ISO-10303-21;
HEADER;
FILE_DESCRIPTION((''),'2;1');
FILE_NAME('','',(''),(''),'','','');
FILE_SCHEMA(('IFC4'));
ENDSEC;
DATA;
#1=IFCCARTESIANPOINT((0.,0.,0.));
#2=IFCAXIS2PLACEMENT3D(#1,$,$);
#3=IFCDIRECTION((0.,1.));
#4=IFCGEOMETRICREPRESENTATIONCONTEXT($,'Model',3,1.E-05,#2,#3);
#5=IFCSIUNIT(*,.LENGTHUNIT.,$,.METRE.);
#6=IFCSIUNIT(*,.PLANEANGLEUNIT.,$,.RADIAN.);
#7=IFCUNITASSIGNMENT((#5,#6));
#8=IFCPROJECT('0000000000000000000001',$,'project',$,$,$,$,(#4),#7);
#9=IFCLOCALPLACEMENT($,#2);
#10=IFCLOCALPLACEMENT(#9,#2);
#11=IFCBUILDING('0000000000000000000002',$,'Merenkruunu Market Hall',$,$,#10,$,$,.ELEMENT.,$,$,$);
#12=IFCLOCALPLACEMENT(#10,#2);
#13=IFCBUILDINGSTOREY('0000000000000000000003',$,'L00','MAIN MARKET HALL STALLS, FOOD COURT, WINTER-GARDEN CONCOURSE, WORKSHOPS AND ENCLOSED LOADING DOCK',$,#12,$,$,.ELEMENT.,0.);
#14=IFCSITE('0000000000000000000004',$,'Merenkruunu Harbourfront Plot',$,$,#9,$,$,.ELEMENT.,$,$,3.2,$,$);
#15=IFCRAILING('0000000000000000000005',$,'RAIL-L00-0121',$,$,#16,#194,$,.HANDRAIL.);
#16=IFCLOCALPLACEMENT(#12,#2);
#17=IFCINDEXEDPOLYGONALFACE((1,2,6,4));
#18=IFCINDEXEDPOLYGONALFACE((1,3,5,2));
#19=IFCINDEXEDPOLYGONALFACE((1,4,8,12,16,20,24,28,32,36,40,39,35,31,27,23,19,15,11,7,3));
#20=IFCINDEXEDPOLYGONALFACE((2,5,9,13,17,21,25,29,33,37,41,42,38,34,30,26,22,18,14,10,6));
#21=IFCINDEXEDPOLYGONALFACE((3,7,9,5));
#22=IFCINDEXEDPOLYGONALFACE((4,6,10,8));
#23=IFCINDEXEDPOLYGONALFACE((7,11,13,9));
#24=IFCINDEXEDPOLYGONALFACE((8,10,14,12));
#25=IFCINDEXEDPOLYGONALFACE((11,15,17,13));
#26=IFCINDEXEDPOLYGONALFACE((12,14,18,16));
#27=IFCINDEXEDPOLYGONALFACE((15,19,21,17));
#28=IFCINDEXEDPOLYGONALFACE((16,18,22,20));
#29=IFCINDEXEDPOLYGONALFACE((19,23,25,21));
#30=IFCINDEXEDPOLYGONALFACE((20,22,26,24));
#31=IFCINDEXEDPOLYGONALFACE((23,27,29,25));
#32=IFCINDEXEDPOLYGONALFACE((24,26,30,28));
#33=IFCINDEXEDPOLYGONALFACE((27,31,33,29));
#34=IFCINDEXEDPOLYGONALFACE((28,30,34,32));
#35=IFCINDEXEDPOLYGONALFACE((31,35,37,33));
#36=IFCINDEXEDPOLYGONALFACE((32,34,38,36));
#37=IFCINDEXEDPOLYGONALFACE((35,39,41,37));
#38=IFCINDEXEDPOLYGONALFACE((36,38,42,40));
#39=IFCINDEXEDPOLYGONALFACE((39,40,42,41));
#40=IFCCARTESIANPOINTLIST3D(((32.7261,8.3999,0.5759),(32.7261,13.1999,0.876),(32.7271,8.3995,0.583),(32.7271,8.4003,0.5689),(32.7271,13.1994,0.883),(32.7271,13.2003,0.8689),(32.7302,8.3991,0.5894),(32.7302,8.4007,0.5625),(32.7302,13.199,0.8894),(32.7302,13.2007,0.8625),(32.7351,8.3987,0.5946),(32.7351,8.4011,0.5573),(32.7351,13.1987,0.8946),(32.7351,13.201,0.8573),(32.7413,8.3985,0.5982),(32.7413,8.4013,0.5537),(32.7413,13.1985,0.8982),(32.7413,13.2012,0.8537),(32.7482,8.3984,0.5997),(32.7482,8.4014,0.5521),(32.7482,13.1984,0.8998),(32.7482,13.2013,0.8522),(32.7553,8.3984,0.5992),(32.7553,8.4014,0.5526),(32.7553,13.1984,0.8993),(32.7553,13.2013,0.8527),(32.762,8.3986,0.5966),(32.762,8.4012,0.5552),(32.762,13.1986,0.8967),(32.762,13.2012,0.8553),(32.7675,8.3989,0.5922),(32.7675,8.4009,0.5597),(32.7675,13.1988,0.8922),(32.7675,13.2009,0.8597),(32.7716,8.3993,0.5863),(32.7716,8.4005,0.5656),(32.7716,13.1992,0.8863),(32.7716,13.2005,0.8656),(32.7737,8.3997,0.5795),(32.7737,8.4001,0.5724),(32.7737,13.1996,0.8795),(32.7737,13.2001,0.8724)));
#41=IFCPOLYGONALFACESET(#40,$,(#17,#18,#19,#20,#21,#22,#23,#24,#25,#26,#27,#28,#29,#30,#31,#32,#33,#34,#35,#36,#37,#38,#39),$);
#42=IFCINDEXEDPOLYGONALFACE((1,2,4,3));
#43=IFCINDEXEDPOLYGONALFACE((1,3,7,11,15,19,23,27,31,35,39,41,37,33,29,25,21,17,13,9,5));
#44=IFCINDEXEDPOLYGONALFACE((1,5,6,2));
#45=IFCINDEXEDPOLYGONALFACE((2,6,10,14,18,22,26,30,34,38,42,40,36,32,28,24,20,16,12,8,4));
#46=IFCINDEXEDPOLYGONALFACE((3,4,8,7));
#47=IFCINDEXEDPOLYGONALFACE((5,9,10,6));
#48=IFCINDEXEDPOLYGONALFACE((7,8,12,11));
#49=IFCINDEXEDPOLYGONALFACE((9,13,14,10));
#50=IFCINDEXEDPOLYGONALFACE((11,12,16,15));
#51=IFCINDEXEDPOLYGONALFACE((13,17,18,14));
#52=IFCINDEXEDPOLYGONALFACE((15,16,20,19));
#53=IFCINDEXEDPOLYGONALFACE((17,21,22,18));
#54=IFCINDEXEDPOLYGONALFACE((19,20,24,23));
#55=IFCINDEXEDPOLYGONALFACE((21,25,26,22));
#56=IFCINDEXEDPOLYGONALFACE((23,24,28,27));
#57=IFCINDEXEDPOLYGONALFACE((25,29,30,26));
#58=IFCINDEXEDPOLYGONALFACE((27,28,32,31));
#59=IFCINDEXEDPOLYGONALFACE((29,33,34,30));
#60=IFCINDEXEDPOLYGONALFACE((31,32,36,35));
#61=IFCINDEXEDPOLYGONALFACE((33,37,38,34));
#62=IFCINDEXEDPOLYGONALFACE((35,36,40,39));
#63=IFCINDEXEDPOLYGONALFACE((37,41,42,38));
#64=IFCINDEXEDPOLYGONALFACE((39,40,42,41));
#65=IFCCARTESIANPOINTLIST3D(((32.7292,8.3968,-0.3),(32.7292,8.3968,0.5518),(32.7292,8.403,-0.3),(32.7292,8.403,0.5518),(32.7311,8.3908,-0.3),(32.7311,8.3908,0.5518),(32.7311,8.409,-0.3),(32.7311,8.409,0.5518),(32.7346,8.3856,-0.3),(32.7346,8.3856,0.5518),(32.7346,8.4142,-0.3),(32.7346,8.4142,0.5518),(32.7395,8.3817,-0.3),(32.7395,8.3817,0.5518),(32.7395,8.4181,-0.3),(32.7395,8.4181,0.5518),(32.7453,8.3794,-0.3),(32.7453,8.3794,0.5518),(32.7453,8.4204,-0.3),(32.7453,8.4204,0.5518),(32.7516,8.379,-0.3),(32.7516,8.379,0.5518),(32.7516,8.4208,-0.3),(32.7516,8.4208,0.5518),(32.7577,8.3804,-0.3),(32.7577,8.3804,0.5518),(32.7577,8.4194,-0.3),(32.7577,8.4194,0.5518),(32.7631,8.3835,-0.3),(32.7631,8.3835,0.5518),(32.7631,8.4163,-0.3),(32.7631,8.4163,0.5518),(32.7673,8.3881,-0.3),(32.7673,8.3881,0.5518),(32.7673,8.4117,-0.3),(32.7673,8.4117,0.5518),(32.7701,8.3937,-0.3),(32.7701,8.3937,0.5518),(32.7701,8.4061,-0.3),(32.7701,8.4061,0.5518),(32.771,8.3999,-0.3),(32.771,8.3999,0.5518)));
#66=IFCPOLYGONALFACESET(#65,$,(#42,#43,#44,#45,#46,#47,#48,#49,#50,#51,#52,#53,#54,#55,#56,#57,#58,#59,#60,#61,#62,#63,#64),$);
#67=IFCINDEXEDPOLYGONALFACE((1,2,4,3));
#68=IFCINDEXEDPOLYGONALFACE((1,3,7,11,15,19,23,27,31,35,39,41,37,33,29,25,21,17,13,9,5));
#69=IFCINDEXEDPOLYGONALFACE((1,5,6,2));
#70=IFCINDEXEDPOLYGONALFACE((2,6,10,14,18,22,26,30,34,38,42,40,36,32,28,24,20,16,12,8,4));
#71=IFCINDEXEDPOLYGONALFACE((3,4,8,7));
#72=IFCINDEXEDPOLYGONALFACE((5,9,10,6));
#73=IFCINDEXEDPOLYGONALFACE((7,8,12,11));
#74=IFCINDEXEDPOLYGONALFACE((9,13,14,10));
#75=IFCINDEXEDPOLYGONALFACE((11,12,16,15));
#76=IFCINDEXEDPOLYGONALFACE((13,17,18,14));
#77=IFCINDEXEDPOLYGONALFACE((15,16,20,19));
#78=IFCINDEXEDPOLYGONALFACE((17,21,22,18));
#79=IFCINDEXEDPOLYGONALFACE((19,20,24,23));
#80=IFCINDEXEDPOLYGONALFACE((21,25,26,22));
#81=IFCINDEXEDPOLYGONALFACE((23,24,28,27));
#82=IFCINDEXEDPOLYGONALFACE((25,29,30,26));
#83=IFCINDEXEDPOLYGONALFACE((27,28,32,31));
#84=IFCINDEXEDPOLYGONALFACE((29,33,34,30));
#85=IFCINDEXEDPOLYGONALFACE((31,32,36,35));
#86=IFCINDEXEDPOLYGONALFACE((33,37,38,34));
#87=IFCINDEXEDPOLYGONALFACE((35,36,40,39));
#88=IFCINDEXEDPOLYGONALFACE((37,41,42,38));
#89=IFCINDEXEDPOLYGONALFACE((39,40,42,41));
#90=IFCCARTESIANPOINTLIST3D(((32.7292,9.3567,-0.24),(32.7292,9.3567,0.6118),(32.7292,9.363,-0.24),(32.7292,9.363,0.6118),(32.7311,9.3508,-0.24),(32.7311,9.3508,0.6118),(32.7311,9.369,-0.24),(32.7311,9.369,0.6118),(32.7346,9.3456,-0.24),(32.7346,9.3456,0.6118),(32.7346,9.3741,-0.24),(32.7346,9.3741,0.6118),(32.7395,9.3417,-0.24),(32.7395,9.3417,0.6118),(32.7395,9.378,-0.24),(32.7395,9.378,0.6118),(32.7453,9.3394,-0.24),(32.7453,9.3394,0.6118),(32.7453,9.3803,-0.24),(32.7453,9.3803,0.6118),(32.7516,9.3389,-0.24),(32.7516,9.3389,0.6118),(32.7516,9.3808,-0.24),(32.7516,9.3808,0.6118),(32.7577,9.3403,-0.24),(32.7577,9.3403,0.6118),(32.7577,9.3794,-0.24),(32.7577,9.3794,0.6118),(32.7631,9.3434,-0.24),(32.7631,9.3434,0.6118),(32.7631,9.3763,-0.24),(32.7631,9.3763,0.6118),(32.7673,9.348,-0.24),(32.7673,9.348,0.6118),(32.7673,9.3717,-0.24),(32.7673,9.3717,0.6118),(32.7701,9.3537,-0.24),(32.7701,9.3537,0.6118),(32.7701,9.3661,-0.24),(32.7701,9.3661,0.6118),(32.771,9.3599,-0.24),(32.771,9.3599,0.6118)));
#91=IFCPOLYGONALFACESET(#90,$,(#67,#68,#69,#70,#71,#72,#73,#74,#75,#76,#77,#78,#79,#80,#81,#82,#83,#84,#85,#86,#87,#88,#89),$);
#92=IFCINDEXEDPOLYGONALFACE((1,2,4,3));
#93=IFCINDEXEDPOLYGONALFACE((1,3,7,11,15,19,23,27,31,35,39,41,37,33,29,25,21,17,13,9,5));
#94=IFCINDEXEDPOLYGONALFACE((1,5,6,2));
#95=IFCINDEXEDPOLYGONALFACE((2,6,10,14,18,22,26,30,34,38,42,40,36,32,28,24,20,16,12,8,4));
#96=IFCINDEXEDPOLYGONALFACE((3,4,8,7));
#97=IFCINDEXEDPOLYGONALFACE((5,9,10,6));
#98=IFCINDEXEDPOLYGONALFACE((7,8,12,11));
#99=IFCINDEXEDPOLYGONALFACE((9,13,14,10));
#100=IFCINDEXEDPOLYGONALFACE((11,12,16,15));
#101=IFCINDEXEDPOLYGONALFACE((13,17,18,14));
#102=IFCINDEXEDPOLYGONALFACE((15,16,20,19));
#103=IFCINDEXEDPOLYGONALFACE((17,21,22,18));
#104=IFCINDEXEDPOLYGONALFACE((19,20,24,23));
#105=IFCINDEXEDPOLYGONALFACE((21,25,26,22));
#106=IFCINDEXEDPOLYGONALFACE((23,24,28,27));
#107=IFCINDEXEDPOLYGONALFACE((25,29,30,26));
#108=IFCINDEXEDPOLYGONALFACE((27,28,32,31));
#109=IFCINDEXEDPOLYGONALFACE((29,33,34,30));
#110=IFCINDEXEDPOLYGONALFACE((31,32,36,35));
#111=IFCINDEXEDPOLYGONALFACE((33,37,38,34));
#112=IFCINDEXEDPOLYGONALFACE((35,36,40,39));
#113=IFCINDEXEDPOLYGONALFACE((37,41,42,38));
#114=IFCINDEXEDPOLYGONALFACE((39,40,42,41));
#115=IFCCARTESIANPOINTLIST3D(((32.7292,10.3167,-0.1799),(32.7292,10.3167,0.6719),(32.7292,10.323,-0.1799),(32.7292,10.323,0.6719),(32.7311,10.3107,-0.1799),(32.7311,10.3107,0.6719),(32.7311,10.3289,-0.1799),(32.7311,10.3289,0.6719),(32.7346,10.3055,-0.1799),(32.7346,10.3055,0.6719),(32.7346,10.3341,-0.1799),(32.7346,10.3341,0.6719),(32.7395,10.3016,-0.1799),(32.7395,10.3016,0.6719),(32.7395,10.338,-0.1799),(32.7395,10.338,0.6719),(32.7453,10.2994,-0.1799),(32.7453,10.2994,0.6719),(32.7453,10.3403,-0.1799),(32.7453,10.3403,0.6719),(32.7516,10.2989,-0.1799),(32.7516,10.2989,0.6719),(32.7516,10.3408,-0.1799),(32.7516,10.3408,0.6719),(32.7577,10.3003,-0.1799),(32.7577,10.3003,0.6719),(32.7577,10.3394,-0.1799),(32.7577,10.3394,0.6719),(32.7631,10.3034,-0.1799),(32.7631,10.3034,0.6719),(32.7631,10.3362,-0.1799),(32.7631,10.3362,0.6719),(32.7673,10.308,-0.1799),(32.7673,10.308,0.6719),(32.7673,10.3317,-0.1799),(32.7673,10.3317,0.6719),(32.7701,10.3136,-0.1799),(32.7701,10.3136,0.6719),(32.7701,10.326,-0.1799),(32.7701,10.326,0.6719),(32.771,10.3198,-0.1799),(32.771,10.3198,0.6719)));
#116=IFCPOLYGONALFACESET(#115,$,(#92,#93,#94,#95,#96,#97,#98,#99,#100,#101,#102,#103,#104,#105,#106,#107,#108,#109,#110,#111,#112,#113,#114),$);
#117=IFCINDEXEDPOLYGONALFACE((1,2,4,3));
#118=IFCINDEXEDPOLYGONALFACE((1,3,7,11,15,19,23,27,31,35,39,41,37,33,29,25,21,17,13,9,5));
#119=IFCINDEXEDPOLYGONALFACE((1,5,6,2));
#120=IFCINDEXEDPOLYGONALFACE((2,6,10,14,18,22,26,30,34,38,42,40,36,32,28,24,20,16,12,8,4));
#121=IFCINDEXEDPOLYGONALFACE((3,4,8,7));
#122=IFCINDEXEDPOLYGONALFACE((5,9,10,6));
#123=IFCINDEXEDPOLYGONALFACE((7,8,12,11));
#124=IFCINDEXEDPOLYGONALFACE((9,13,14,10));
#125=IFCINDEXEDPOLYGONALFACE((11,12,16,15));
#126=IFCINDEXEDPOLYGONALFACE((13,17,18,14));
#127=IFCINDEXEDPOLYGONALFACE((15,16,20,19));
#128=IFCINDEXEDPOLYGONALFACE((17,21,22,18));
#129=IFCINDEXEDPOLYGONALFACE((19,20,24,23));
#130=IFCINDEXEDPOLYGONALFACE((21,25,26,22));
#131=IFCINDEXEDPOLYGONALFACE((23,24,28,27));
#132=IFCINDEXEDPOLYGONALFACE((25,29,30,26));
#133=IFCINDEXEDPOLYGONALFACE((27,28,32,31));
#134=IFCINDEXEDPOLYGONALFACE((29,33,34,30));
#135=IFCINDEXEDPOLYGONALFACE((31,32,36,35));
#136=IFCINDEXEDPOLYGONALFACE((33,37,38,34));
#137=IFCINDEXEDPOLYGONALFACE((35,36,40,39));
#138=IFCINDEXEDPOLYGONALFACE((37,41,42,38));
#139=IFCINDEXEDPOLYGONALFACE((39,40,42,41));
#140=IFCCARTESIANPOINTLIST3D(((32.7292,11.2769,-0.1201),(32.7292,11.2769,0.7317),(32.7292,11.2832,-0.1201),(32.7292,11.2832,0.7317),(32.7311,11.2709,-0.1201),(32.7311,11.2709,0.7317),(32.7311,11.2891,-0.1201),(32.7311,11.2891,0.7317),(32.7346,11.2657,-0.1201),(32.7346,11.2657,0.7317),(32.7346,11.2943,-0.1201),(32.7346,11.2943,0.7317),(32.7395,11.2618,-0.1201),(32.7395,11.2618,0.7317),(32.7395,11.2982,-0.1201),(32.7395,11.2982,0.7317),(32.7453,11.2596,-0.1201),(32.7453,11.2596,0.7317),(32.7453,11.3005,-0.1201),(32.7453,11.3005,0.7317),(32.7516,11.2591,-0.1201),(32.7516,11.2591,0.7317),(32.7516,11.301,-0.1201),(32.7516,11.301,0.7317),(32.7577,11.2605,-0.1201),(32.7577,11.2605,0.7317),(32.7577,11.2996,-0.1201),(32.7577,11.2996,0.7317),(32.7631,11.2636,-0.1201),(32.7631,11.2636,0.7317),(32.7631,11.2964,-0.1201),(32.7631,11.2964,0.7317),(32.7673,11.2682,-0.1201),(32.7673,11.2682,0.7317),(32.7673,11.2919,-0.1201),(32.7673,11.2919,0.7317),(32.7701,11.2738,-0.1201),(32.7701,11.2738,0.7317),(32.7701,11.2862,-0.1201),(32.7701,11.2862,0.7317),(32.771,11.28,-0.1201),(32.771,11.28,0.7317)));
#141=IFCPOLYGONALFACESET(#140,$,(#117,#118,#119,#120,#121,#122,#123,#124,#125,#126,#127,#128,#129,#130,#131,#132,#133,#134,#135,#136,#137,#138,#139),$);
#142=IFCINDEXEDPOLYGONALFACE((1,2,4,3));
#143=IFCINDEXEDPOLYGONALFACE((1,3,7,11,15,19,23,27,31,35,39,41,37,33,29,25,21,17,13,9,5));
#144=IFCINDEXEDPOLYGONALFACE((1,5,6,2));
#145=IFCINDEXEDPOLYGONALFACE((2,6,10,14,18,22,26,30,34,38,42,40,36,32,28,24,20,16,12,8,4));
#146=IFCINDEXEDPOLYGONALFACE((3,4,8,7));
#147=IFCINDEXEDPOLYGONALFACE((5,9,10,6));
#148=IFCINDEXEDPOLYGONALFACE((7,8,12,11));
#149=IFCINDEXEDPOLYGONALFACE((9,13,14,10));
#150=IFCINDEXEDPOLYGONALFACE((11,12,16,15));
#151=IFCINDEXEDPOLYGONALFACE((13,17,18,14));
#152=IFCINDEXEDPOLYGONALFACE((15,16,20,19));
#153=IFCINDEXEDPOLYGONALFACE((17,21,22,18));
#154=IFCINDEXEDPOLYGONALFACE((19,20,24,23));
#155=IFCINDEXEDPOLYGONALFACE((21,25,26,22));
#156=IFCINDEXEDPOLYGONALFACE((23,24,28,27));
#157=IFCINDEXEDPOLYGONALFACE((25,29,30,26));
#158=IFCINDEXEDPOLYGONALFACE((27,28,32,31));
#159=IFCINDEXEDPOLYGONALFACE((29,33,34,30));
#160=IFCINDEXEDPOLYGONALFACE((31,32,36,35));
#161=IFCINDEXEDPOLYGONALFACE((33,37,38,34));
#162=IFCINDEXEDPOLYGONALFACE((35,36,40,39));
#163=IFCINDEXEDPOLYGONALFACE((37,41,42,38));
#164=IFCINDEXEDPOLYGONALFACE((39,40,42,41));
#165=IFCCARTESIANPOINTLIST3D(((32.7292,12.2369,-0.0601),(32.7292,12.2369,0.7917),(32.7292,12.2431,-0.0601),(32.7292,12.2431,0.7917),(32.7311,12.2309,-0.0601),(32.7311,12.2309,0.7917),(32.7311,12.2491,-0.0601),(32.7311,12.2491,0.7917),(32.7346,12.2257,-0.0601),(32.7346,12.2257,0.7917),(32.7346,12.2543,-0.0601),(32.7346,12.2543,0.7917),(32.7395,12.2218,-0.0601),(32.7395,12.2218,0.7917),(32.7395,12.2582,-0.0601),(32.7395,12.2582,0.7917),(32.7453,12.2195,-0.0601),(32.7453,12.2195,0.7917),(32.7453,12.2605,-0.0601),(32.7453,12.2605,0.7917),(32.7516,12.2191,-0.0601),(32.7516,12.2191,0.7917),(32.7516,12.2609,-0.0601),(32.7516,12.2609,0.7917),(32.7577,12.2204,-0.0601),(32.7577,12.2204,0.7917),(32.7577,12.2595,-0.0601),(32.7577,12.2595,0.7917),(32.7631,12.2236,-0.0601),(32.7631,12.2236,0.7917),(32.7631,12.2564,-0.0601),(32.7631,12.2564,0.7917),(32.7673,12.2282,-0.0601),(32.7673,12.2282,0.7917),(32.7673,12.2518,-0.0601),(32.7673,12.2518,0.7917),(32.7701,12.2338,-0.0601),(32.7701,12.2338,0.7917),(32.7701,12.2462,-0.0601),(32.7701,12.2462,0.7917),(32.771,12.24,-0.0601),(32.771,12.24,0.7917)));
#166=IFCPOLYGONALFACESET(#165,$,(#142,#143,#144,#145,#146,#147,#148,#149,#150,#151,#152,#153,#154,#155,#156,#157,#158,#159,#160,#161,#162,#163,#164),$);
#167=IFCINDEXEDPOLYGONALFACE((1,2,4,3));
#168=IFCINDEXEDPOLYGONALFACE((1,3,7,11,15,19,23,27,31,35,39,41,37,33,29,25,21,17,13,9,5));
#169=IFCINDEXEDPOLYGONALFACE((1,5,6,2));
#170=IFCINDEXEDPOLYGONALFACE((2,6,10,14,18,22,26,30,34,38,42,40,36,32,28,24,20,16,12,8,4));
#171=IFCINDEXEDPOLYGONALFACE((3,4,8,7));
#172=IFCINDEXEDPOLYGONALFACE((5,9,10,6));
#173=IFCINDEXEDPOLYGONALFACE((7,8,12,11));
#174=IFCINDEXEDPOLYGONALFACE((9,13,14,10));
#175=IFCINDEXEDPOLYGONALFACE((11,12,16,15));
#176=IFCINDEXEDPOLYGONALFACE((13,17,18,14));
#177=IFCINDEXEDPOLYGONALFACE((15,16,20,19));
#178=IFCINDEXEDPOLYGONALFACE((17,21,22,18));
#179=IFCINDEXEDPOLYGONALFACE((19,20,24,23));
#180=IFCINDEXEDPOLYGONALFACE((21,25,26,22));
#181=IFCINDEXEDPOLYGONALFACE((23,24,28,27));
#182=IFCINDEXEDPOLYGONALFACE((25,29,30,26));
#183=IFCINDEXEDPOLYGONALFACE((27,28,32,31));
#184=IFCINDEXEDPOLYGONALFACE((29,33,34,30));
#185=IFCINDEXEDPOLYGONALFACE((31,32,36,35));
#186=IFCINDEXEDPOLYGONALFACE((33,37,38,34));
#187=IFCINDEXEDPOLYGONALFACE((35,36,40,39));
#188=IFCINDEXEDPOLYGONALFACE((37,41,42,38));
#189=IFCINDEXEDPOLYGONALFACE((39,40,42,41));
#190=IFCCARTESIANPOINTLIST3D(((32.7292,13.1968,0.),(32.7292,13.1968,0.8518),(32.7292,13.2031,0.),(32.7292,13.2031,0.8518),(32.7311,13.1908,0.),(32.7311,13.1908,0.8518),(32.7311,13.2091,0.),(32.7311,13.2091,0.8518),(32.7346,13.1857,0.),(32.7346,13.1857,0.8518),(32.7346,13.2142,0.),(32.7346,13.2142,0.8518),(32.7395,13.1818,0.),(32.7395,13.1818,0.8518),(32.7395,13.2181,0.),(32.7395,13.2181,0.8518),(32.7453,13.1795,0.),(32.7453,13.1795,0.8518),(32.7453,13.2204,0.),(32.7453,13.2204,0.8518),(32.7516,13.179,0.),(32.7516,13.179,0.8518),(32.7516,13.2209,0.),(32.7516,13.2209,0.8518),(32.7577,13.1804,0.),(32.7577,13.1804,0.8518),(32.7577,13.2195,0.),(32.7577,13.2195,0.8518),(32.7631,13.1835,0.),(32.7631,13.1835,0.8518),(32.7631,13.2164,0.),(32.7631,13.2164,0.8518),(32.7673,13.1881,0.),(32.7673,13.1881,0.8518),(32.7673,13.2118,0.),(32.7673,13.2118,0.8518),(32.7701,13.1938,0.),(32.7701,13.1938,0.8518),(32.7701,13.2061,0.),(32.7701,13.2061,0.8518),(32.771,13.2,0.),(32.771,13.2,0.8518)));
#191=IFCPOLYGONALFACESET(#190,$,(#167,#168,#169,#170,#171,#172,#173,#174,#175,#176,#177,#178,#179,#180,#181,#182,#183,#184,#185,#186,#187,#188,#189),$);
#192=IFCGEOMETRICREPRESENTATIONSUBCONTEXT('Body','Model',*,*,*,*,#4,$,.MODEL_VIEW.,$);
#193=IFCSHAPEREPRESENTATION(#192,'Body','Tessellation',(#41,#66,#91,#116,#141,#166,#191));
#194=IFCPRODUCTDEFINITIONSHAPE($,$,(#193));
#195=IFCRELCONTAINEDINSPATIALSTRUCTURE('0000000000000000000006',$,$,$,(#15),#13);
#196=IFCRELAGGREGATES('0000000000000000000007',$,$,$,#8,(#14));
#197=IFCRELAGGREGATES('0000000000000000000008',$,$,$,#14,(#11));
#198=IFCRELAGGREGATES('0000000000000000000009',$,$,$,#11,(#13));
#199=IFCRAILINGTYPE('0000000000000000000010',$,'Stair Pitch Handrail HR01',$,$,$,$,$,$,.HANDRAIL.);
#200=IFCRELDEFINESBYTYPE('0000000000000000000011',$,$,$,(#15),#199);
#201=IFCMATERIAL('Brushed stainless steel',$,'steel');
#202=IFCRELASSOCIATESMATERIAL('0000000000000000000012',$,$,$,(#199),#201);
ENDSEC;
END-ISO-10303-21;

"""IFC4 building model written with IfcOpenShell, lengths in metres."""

from ifc_helpers import new_model, si_unit, direction, frame, origin, origin_2d, place, context, subcontext, project, spatial, circle, extrude, material, type_object, element, save


model = new_model("IFC4")

# Units and contexts
model_context = context("Model", 3, precision=1e-05, world=origin(), true_north=direction((0.0, 1.0)))
body_context = subcontext(model_context, "Body", "Model", "MODEL_VIEW")
ifc_project = project(units=[si_unit("LENGTHUNIT", "METRE"), si_unit("PLANEANGLEUNIT", "RADIAN")], contexts=[model_context])

# Site, building, storey
site_placement = place(None, origin())
site = spatial("IfcSite", under=ifc_project, at=site_placement, Name="Merenkruunu Harbourfront Plot", CompositionType="ELEMENT", RefElevation=3.2)
building_placement = place(site_placement, origin())
building = spatial("IfcBuilding", under=site, at=building_placement, Name="Merenkruunu Market Hall", CompositionType="ELEMENT")
storey_placement = place(building_placement, origin())
storey = spatial("IfcBuildingStorey", under=building, at=storey_placement, Name="L00", Description="MAIN MARKET HALL STALLS, FOOD COURT, WINTER-GARDEN CONCOURSE, WORKSHOPS AND ENCLOSED LOADING DOCK", CompositionType="ELEMENT", Elevation=0.0)

# Railing
ifc_material_1 = material(Name="Brushed stainless steel", Category="steel")
railing_type = type_object("IfcRailingType", Name="Stair Pitch Handrail HR01", PredefinedType="HANDRAIL", material=ifc_material_1)
for number, where, name in (
    (1, (32.75, 8.3999, -0.3), "RAIL-L00-0121"),
):
    element("IfcRailing", number, at=place(storey_placement, frame(where)), inside=storey, type_object=railing_type, Name=name, PredefinedType="HANDRAIL", context=body_context, shape_type="SweptSolid", body=[
        extrude(circle(Radius=0.0239, at=origin_2d()), frame((0.0, 0.0, 0.876), z_axis=(0.0, 0.998052, 0.062388), x_axis=(-1.0, 0.0, 0.0)), (0.0, 0.0, 1.0), 4.8093),
        extrude(circle(Radius=0.021, at=origin_2d()), origin(), (0.0, 0.0, 1.0), 0.8518),
        extrude(circle(Radius=0.021, at=origin_2d()), frame((0.0, 0.96, 0.0601)), (0.0, 0.0, 1.0), 0.8518),
        extrude(circle(Radius=0.021, at=origin_2d()), frame((0.0, 1.9199, 0.1201)), (0.0, 0.0, 1.0), 0.8518),
        extrude(circle(Radius=0.021, at=origin_2d()), frame((0.0, 2.8801, 0.1799)), (0.0, 0.0, 1.0), 0.8518),
        extrude(circle(Radius=0.021, at=origin_2d()), frame((0.0, 3.8401, 0.24)), (0.0, 0.0, 1.0), 0.8518),
        extrude(circle(Radius=0.021, at=origin_2d()), frame((0.0, 4.8, 0.3)), (0.0, 0.0, 1.0), 0.8518),
    ])

save(model, "model.ifc")
